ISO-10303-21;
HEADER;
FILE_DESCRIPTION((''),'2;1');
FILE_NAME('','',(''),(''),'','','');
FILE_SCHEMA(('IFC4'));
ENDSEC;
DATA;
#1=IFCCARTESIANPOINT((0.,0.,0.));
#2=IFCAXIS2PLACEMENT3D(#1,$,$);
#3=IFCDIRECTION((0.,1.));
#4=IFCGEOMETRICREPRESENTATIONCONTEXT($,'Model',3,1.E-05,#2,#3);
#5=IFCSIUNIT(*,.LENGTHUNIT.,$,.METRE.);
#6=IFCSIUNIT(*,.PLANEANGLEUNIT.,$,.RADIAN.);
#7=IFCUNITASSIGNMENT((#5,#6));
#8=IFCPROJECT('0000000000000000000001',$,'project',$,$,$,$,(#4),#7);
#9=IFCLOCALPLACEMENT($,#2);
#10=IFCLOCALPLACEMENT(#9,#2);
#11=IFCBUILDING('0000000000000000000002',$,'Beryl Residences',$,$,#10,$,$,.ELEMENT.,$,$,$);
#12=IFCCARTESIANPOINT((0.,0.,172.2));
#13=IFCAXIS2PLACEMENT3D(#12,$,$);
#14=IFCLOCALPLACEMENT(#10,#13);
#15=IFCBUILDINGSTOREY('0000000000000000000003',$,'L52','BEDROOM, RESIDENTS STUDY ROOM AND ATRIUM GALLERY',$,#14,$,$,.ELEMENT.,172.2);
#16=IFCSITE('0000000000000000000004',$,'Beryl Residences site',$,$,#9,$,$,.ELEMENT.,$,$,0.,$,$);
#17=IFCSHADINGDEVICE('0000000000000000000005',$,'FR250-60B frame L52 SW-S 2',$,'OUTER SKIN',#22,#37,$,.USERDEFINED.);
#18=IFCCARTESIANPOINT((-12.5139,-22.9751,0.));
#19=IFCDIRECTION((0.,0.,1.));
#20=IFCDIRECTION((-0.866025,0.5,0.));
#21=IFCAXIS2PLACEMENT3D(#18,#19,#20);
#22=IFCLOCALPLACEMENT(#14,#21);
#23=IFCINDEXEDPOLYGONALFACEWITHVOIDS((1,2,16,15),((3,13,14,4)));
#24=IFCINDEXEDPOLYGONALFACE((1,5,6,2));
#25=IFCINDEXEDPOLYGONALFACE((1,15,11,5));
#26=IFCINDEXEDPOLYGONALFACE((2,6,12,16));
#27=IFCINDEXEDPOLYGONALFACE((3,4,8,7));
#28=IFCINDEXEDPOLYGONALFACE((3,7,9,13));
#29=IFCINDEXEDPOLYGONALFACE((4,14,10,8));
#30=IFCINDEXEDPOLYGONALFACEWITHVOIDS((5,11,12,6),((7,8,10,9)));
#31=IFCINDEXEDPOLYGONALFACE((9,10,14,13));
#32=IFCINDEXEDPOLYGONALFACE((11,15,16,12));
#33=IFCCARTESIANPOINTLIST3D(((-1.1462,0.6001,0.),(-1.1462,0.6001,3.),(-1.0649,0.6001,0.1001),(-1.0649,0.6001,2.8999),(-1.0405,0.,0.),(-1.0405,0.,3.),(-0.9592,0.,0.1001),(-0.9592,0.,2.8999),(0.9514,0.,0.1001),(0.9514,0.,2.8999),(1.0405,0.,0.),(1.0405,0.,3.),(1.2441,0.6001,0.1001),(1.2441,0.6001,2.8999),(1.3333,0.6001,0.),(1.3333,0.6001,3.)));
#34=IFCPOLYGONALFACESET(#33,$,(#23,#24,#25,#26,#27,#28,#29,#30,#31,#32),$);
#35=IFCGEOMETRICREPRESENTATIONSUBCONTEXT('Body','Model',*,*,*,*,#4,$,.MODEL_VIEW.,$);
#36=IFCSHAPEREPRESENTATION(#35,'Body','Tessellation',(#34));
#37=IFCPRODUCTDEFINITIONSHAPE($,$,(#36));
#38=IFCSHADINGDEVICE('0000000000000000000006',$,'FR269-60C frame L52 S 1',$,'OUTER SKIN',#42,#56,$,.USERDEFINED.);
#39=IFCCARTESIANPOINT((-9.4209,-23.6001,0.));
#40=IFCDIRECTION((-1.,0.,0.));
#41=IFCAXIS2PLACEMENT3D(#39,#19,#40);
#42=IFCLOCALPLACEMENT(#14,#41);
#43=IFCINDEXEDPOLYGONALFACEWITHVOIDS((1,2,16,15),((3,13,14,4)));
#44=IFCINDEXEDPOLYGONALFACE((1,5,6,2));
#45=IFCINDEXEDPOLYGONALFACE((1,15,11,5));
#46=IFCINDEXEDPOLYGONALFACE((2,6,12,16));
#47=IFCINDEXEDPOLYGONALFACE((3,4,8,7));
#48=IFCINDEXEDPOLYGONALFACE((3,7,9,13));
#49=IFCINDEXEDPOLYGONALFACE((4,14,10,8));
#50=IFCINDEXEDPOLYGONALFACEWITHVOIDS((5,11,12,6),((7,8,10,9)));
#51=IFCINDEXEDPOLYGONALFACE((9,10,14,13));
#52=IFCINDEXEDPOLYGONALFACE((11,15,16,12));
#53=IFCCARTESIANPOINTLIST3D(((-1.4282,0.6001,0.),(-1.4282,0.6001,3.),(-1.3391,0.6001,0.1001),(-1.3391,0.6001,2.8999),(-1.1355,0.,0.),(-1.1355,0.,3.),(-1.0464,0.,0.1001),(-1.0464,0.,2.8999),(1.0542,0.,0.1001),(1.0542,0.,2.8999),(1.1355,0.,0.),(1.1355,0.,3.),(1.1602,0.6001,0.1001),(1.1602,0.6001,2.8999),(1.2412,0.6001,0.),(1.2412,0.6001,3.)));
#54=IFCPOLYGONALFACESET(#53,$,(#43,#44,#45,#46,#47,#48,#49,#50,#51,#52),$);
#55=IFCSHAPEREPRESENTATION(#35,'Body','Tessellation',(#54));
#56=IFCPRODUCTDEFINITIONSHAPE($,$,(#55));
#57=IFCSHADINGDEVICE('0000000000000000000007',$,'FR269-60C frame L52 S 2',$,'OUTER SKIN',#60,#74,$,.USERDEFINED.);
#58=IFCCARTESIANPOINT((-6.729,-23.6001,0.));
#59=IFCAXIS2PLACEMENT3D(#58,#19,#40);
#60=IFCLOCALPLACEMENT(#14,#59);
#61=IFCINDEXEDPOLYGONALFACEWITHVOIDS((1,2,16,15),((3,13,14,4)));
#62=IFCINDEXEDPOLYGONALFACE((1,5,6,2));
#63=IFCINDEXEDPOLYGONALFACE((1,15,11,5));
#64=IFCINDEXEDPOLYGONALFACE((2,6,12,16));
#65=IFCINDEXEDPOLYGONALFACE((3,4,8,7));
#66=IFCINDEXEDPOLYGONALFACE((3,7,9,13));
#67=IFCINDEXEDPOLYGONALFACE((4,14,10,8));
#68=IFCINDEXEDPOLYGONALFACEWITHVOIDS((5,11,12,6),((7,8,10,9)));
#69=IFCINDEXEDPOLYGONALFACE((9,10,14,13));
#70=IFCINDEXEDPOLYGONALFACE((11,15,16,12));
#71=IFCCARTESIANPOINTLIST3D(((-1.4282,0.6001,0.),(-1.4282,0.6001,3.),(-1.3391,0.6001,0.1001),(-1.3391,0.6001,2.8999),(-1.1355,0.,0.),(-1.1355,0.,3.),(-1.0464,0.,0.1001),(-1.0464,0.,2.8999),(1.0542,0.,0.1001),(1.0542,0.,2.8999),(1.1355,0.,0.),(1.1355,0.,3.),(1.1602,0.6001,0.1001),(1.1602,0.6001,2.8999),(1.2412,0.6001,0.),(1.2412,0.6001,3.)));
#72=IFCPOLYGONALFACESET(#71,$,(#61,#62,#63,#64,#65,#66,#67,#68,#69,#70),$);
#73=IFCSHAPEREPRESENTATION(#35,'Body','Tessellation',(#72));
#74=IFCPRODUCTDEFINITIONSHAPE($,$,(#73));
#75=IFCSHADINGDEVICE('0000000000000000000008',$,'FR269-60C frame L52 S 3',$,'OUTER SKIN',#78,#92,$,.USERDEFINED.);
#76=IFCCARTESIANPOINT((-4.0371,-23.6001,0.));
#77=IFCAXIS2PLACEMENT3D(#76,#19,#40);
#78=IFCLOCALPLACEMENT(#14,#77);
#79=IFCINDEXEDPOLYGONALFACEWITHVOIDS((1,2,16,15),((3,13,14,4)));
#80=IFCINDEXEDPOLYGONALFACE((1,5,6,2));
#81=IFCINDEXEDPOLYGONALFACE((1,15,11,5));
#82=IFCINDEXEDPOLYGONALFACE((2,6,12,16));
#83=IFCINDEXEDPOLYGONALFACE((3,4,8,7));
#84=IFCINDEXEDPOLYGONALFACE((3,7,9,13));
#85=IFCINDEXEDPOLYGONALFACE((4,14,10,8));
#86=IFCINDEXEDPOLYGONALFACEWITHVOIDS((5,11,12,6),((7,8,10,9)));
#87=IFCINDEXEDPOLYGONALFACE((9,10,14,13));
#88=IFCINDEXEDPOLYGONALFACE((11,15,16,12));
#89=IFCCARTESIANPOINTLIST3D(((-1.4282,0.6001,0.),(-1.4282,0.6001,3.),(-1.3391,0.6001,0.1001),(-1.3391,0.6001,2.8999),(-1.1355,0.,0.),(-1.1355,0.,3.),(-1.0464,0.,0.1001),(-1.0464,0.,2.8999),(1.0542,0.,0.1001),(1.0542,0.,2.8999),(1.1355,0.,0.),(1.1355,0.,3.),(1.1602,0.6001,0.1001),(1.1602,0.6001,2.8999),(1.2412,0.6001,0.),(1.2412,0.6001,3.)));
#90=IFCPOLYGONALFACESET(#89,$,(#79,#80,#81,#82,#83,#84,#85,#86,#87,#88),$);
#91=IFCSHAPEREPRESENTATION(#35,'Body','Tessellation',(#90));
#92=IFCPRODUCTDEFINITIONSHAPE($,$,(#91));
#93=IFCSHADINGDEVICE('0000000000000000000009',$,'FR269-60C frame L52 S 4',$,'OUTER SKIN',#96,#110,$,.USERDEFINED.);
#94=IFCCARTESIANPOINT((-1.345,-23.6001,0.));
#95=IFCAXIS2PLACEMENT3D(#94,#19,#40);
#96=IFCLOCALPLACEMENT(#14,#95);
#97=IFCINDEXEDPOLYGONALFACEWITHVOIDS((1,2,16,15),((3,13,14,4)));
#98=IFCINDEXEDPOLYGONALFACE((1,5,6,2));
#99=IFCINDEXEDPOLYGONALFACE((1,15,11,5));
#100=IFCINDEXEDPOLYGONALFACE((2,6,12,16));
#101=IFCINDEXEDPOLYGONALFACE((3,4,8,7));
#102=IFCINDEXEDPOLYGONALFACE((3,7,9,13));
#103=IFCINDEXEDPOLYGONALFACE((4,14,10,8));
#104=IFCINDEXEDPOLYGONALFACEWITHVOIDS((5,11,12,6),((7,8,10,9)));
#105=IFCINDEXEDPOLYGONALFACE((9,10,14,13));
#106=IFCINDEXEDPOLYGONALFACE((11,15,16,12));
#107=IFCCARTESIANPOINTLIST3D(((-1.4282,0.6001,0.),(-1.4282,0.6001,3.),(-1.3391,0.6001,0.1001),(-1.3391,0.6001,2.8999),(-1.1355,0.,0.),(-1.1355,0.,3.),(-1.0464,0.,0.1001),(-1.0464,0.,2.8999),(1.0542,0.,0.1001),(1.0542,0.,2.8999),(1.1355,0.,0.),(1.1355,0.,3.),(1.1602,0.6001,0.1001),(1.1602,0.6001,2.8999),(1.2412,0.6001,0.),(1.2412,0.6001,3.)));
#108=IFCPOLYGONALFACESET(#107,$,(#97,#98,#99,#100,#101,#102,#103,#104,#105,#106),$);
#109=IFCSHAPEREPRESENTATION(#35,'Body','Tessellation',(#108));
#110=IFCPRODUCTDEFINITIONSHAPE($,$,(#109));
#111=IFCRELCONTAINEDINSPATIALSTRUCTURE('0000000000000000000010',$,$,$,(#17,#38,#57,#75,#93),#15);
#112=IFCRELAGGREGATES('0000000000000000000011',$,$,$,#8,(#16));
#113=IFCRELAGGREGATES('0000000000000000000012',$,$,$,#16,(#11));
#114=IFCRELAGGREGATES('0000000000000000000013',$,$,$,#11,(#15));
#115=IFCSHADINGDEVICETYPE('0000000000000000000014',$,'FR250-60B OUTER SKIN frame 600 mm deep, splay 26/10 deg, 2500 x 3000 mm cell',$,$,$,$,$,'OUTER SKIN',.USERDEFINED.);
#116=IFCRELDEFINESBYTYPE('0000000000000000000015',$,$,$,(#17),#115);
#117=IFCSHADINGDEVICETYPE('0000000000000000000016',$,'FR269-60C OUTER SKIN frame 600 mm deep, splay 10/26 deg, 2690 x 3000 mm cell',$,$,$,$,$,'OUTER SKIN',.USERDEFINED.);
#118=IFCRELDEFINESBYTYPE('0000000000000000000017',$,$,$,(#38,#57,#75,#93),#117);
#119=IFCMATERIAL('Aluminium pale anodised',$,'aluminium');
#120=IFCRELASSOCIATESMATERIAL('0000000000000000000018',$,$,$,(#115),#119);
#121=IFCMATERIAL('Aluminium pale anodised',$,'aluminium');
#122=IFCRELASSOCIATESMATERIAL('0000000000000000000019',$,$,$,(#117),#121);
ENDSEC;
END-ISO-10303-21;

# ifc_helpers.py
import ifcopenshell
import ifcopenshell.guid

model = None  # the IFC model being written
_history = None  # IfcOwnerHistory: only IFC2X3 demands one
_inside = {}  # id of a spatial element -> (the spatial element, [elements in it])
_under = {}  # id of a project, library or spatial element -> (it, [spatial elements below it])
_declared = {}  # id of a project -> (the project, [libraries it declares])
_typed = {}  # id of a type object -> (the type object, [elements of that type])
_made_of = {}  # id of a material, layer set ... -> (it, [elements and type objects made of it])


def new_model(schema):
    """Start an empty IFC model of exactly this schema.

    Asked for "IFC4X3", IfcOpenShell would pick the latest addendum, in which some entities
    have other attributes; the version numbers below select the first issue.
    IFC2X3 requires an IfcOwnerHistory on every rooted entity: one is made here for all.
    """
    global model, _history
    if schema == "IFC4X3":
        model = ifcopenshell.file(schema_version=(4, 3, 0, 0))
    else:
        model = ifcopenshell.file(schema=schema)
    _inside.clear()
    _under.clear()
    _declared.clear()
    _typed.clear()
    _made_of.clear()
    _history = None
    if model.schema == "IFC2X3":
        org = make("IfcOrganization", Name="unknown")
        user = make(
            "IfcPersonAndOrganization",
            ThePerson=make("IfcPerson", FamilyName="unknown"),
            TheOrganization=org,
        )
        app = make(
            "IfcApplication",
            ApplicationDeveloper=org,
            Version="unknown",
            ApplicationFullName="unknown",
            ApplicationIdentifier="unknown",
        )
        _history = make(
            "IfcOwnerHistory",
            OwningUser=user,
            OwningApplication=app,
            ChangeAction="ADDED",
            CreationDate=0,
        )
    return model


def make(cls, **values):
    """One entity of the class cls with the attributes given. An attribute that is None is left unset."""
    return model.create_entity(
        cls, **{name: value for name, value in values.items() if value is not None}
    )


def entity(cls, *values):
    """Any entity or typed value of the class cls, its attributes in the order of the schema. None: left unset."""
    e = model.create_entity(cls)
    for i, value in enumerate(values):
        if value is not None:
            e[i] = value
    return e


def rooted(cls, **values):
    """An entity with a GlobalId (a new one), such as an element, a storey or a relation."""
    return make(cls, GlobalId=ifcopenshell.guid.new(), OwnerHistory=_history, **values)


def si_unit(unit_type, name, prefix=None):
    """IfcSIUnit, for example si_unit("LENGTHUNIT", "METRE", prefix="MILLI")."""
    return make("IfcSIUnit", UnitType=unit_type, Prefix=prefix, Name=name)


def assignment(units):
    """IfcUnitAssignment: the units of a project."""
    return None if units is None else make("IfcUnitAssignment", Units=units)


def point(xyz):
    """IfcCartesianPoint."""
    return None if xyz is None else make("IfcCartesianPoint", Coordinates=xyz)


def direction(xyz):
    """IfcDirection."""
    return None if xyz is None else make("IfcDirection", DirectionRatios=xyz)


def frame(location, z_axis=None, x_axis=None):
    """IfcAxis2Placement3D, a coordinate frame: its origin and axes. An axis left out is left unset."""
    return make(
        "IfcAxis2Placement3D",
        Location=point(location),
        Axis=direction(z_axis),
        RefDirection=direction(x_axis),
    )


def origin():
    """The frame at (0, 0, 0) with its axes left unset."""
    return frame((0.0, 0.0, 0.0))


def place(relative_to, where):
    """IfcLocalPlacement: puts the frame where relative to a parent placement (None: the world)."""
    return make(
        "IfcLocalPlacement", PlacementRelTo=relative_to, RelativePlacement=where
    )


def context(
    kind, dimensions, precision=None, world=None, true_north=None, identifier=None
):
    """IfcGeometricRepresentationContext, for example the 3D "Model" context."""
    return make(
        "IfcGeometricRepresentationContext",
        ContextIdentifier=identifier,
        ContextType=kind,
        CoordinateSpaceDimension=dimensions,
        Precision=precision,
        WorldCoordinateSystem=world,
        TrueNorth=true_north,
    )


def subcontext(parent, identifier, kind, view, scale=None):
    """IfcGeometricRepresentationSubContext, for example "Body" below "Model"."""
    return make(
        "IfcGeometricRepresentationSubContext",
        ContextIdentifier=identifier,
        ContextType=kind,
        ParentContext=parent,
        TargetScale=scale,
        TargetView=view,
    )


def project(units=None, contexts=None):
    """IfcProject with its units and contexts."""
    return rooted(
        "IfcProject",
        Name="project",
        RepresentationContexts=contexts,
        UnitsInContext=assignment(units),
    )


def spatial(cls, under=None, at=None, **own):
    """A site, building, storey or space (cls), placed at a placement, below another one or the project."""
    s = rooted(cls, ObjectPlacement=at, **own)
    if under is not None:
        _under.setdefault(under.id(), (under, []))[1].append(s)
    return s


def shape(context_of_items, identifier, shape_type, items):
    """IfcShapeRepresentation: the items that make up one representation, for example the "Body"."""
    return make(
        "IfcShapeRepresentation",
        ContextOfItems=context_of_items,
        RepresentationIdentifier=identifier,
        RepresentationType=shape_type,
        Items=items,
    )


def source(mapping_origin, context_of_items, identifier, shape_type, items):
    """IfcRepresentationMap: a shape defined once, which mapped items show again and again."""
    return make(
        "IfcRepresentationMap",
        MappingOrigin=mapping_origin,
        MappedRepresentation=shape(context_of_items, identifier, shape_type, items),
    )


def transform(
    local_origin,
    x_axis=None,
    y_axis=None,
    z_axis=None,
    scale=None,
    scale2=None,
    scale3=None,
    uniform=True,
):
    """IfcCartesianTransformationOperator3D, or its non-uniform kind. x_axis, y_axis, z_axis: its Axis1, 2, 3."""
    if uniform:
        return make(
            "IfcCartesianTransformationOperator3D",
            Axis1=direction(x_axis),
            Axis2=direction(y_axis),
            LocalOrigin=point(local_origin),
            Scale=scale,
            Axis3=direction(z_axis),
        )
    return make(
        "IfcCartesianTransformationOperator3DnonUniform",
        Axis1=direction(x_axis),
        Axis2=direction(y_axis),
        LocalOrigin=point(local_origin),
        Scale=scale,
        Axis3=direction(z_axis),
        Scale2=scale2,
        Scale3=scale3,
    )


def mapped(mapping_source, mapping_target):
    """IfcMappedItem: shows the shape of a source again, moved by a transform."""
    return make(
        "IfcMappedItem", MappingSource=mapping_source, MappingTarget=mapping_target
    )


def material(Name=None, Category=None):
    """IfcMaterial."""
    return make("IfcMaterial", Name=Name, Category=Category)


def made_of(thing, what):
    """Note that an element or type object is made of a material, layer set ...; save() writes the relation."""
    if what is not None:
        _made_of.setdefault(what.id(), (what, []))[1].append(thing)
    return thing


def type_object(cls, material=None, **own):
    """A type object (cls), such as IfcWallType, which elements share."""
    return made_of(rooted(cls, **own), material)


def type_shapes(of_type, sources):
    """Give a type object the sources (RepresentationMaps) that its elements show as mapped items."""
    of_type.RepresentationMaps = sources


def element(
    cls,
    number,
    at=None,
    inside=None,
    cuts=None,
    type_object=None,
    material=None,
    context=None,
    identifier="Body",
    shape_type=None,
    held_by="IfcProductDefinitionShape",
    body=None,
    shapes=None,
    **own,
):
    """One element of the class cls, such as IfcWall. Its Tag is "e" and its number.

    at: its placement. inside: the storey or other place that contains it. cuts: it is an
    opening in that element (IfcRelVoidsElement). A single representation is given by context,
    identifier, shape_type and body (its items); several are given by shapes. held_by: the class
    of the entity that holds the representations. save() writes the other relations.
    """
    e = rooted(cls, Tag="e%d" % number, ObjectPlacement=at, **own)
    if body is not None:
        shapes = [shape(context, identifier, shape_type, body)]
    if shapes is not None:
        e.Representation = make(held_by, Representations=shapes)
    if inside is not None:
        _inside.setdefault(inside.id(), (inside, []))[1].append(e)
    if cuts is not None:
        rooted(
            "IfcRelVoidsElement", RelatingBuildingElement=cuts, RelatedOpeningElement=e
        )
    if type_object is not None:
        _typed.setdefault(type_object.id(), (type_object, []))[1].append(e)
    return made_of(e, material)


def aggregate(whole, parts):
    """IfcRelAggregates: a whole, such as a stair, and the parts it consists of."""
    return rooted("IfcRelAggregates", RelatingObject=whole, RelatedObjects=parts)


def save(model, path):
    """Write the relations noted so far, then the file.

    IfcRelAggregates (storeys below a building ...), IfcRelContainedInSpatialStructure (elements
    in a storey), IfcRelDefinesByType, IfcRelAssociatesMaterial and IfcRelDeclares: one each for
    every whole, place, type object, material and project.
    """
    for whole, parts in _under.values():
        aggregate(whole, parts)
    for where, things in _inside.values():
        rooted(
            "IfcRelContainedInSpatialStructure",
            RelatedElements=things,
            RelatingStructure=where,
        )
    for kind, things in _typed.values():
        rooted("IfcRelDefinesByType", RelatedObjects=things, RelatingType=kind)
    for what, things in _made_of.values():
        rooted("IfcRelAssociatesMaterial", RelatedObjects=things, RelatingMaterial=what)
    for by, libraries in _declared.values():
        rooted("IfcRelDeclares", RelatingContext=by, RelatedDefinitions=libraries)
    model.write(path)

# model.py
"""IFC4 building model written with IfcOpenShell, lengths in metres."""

from ifc_helpers import new_model, entity, si_unit, direction, frame, origin, place, context, subcontext, project, spatial, source, transform, mapped, material, type_object, type_shapes, element, save


model = new_model("IFC4")

# Units and contexts
model_context = context("Model", 3, precision=1e-05, world=origin(), true_north=direction((0.0, 1.0)))
body_context = subcontext(model_context, "Body", "Model", "MODEL_VIEW")
ifc_project = project(units=[si_unit("LENGTHUNIT", "METRE"), si_unit("PLANEANGLEUNIT", "RADIAN")], contexts=[model_context])

# Site, building, storey
site_placement = place(None, origin())
site = spatial("IfcSite", under=ifc_project, at=site_placement, Name="Beryl Residences site", CompositionType="ELEMENT", RefElevation=0.0)
building_placement = place(site_placement, origin())
building = spatial("IfcBuilding", under=site, at=building_placement, Name="Beryl Residences", CompositionType="ELEMENT")
storey_placement = place(building_placement, frame((0.0, 0.0, 172.2)))
storey = spatial("IfcBuildingStorey", under=building, at=storey_placement, Name="L52", Description="BEDROOM, RESIDENTS STUDY ROOM AND ATRIUM GALLERY", CompositionType="ELEMENT", Elevation=172.2)

# Shading devices
ifc_material_1 = material(Name="Aluminium pale anodised", Category="aluminium")
shading_device_type_1 = type_object("IfcShadingDeviceType", Name="FR250-60B OUTER SKIN frame 600 mm deep, splay 26/10 deg, 2500 x 3000 mm cell", ElementType="OUTER SKIN", PredefinedType="USERDEFINED", material=ifc_material_1)
cartesian_point_1 = entity("IfcCartesianPoint", [-1.0405, 0.0])
cartesian_point_2 = entity("IfcCartesianPoint", [-0.9514, 0.1001])
cartesian_point_3 = entity("IfcCartesianPoint", [-1.3333, 0.0])
cartesian_point_4 = entity("IfcCartesianPoint", [-1.2441, 0.1001])
shared_shape_1 = source(origin(), body_context, "Body", "SweptSolid", [
    entity("IfcExtrudedAreaSolidTapered", entity("IfcArbitraryProfileDefWithVoids", "AREA", None, entity("IfcPolyline", [cartesian_point_1, entity("IfcCartesianPoint", [1.0405, 0.0]), entity("IfcCartesianPoint", [1.0405, 3.0]), entity("IfcCartesianPoint", [-1.0405, 3.0]), cartesian_point_1]), [entity("IfcPolyline", [cartesian_point_2, entity("IfcCartesianPoint", [0.9592, 0.1001]), entity("IfcCartesianPoint", [0.9592, 2.8999]), entity("IfcCartesianPoint", [-0.9514, 2.8999]), cartesian_point_2])]), entity("IfcAxis2Placement3D", entity("IfcCartesianPoint", [0.0, 0.0, 0.0]), entity("IfcDirection", [0.0, 1.0, 0.0]), entity("IfcDirection", [-1.0, 0.0, 0.0])), entity("IfcDirection", [0.0, 0.0, 1.0]), 0.6001, entity("IfcArbitraryProfileDefWithVoids", "AREA", None, entity("IfcPolyline", [cartesian_point_3, entity("IfcCartesianPoint", [1.1462, 0.0]), entity("IfcCartesianPoint", [1.1462, 3.0]), entity("IfcCartesianPoint", [-1.3333, 3.0]), cartesian_point_3]), [entity("IfcPolyline", [cartesian_point_4, entity("IfcCartesianPoint", [1.0649, 0.1001]), entity("IfcCartesianPoint", [1.0649, 2.8999]), entity("IfcCartesianPoint", [-1.2441, 2.8999]), cartesian_point_4])])),
])
type_shapes(shading_device_type_1, [shared_shape_1])
shading_device_placement = place(storey_placement, frame((-12.5139, -22.9751, 0.0), z_axis=(0.0, 0.0, 1.0), x_axis=(-0.866025, 0.5, 0.0)))
element("IfcShadingDevice", 1, at=shading_device_placement, inside=storey, type_object=shading_device_type_1, Name="FR250-60B frame L52 SW-S 2", ObjectType="OUTER SKIN", PredefinedType="USERDEFINED", context=body_context, shape_type="MappedRepresentation", body=[
    mapped(shared_shape_1, transform((0.0, 0.0, 0.0))),
])
ifc_material_2 = material(Name="Aluminium pale anodised", Category="aluminium")
shading_device_type_2 = type_object("IfcShadingDeviceType", Name="FR269-60C OUTER SKIN frame 600 mm deep, splay 10/26 deg, 2690 x 3000 mm cell", ElementType="OUTER SKIN", PredefinedType="USERDEFINED", material=ifc_material_2)
cartesian_point_5 = entity("IfcCartesianPoint", [-1.1355, 0.0])
cartesian_point_6 = entity("IfcCartesianPoint", [-1.0542, 0.1001])
cartesian_point_7 = entity("IfcCartesianPoint", [-1.2412, 0.0])
cartesian_point_8 = entity("IfcCartesianPoint", [-1.1602, 0.1001])
shared_shape_2 = source(origin(), body_context, "Body", "SweptSolid", [
    entity("IfcExtrudedAreaSolidTapered", entity("IfcArbitraryProfileDefWithVoids", "AREA", None, entity("IfcPolyline", [cartesian_point_5, entity("IfcCartesianPoint", [1.1355, 0.0]), entity("IfcCartesianPoint", [1.1355, 3.0]), entity("IfcCartesianPoint", [-1.1355, 3.0]), cartesian_point_5]), [entity("IfcPolyline", [cartesian_point_6, entity("IfcCartesianPoint", [1.0464, 0.1001]), entity("IfcCartesianPoint", [1.0464, 2.8999]), entity("IfcCartesianPoint", [-1.0542, 2.8999]), cartesian_point_6])]), entity("IfcAxis2Placement3D", entity("IfcCartesianPoint", [0.0, 0.0, 0.0]), entity("IfcDirection", [0.0, 1.0, 0.0]), entity("IfcDirection", [-1.0, 0.0, 0.0])), entity("IfcDirection", [0.0, 0.0, 1.0]), 0.6001, entity("IfcArbitraryProfileDefWithVoids", "AREA", None, entity("IfcPolyline", [cartesian_point_7, entity("IfcCartesianPoint", [1.4282, 0.0]), entity("IfcCartesianPoint", [1.4282, 3.0]), entity("IfcCartesianPoint", [-1.2412, 3.0]), cartesian_point_7]), [entity("IfcPolyline", [cartesian_point_8, entity("IfcCartesianPoint", [1.3391, 0.1001]), entity("IfcCartesianPoint", [1.3391, 2.8999]), entity("IfcCartesianPoint", [-1.1602, 2.8999]), cartesian_point_8])])),
])
type_shapes(shading_device_type_2, [shared_shape_2])
for number, where, z_axis, x_axis, name in (
    (2, (-9.4209, -23.6001, 0.0), (0.0, 0.0, 1.0), (-1.0, 0.0, 0.0), "FR269-60C frame L52 S 1"),
    (3, (-6.729, -23.6001, 0.0), (0.0, 0.0, 1.0), (-1.0, 0.0, 0.0), "FR269-60C frame L52 S 2"),
    (4, (-4.0371, -23.6001, 0.0), (0.0, 0.0, 1.0), (-1.0, 0.0, 0.0), "FR269-60C frame L52 S 3"),
    (5, (-1.345, -23.6001, 0.0), (0.0, 0.0, 1.0), (-1.0, 0.0, 0.0), "FR269-60C frame L52 S 4"),
):
    element("IfcShadingDevice", number, at=place(storey_placement, frame(where, z_axis=z_axis, x_axis=x_axis)), inside=storey, type_object=shading_device_type_2, Name=name, ObjectType="OUTER SKIN", PredefinedType="USERDEFINED", context=body_context, shape_type="MappedRepresentation", body=[
        mapped(shared_shape_2, transform((0.0, 0.0, 0.0))),
    ])

save(model, "model.ifc")
